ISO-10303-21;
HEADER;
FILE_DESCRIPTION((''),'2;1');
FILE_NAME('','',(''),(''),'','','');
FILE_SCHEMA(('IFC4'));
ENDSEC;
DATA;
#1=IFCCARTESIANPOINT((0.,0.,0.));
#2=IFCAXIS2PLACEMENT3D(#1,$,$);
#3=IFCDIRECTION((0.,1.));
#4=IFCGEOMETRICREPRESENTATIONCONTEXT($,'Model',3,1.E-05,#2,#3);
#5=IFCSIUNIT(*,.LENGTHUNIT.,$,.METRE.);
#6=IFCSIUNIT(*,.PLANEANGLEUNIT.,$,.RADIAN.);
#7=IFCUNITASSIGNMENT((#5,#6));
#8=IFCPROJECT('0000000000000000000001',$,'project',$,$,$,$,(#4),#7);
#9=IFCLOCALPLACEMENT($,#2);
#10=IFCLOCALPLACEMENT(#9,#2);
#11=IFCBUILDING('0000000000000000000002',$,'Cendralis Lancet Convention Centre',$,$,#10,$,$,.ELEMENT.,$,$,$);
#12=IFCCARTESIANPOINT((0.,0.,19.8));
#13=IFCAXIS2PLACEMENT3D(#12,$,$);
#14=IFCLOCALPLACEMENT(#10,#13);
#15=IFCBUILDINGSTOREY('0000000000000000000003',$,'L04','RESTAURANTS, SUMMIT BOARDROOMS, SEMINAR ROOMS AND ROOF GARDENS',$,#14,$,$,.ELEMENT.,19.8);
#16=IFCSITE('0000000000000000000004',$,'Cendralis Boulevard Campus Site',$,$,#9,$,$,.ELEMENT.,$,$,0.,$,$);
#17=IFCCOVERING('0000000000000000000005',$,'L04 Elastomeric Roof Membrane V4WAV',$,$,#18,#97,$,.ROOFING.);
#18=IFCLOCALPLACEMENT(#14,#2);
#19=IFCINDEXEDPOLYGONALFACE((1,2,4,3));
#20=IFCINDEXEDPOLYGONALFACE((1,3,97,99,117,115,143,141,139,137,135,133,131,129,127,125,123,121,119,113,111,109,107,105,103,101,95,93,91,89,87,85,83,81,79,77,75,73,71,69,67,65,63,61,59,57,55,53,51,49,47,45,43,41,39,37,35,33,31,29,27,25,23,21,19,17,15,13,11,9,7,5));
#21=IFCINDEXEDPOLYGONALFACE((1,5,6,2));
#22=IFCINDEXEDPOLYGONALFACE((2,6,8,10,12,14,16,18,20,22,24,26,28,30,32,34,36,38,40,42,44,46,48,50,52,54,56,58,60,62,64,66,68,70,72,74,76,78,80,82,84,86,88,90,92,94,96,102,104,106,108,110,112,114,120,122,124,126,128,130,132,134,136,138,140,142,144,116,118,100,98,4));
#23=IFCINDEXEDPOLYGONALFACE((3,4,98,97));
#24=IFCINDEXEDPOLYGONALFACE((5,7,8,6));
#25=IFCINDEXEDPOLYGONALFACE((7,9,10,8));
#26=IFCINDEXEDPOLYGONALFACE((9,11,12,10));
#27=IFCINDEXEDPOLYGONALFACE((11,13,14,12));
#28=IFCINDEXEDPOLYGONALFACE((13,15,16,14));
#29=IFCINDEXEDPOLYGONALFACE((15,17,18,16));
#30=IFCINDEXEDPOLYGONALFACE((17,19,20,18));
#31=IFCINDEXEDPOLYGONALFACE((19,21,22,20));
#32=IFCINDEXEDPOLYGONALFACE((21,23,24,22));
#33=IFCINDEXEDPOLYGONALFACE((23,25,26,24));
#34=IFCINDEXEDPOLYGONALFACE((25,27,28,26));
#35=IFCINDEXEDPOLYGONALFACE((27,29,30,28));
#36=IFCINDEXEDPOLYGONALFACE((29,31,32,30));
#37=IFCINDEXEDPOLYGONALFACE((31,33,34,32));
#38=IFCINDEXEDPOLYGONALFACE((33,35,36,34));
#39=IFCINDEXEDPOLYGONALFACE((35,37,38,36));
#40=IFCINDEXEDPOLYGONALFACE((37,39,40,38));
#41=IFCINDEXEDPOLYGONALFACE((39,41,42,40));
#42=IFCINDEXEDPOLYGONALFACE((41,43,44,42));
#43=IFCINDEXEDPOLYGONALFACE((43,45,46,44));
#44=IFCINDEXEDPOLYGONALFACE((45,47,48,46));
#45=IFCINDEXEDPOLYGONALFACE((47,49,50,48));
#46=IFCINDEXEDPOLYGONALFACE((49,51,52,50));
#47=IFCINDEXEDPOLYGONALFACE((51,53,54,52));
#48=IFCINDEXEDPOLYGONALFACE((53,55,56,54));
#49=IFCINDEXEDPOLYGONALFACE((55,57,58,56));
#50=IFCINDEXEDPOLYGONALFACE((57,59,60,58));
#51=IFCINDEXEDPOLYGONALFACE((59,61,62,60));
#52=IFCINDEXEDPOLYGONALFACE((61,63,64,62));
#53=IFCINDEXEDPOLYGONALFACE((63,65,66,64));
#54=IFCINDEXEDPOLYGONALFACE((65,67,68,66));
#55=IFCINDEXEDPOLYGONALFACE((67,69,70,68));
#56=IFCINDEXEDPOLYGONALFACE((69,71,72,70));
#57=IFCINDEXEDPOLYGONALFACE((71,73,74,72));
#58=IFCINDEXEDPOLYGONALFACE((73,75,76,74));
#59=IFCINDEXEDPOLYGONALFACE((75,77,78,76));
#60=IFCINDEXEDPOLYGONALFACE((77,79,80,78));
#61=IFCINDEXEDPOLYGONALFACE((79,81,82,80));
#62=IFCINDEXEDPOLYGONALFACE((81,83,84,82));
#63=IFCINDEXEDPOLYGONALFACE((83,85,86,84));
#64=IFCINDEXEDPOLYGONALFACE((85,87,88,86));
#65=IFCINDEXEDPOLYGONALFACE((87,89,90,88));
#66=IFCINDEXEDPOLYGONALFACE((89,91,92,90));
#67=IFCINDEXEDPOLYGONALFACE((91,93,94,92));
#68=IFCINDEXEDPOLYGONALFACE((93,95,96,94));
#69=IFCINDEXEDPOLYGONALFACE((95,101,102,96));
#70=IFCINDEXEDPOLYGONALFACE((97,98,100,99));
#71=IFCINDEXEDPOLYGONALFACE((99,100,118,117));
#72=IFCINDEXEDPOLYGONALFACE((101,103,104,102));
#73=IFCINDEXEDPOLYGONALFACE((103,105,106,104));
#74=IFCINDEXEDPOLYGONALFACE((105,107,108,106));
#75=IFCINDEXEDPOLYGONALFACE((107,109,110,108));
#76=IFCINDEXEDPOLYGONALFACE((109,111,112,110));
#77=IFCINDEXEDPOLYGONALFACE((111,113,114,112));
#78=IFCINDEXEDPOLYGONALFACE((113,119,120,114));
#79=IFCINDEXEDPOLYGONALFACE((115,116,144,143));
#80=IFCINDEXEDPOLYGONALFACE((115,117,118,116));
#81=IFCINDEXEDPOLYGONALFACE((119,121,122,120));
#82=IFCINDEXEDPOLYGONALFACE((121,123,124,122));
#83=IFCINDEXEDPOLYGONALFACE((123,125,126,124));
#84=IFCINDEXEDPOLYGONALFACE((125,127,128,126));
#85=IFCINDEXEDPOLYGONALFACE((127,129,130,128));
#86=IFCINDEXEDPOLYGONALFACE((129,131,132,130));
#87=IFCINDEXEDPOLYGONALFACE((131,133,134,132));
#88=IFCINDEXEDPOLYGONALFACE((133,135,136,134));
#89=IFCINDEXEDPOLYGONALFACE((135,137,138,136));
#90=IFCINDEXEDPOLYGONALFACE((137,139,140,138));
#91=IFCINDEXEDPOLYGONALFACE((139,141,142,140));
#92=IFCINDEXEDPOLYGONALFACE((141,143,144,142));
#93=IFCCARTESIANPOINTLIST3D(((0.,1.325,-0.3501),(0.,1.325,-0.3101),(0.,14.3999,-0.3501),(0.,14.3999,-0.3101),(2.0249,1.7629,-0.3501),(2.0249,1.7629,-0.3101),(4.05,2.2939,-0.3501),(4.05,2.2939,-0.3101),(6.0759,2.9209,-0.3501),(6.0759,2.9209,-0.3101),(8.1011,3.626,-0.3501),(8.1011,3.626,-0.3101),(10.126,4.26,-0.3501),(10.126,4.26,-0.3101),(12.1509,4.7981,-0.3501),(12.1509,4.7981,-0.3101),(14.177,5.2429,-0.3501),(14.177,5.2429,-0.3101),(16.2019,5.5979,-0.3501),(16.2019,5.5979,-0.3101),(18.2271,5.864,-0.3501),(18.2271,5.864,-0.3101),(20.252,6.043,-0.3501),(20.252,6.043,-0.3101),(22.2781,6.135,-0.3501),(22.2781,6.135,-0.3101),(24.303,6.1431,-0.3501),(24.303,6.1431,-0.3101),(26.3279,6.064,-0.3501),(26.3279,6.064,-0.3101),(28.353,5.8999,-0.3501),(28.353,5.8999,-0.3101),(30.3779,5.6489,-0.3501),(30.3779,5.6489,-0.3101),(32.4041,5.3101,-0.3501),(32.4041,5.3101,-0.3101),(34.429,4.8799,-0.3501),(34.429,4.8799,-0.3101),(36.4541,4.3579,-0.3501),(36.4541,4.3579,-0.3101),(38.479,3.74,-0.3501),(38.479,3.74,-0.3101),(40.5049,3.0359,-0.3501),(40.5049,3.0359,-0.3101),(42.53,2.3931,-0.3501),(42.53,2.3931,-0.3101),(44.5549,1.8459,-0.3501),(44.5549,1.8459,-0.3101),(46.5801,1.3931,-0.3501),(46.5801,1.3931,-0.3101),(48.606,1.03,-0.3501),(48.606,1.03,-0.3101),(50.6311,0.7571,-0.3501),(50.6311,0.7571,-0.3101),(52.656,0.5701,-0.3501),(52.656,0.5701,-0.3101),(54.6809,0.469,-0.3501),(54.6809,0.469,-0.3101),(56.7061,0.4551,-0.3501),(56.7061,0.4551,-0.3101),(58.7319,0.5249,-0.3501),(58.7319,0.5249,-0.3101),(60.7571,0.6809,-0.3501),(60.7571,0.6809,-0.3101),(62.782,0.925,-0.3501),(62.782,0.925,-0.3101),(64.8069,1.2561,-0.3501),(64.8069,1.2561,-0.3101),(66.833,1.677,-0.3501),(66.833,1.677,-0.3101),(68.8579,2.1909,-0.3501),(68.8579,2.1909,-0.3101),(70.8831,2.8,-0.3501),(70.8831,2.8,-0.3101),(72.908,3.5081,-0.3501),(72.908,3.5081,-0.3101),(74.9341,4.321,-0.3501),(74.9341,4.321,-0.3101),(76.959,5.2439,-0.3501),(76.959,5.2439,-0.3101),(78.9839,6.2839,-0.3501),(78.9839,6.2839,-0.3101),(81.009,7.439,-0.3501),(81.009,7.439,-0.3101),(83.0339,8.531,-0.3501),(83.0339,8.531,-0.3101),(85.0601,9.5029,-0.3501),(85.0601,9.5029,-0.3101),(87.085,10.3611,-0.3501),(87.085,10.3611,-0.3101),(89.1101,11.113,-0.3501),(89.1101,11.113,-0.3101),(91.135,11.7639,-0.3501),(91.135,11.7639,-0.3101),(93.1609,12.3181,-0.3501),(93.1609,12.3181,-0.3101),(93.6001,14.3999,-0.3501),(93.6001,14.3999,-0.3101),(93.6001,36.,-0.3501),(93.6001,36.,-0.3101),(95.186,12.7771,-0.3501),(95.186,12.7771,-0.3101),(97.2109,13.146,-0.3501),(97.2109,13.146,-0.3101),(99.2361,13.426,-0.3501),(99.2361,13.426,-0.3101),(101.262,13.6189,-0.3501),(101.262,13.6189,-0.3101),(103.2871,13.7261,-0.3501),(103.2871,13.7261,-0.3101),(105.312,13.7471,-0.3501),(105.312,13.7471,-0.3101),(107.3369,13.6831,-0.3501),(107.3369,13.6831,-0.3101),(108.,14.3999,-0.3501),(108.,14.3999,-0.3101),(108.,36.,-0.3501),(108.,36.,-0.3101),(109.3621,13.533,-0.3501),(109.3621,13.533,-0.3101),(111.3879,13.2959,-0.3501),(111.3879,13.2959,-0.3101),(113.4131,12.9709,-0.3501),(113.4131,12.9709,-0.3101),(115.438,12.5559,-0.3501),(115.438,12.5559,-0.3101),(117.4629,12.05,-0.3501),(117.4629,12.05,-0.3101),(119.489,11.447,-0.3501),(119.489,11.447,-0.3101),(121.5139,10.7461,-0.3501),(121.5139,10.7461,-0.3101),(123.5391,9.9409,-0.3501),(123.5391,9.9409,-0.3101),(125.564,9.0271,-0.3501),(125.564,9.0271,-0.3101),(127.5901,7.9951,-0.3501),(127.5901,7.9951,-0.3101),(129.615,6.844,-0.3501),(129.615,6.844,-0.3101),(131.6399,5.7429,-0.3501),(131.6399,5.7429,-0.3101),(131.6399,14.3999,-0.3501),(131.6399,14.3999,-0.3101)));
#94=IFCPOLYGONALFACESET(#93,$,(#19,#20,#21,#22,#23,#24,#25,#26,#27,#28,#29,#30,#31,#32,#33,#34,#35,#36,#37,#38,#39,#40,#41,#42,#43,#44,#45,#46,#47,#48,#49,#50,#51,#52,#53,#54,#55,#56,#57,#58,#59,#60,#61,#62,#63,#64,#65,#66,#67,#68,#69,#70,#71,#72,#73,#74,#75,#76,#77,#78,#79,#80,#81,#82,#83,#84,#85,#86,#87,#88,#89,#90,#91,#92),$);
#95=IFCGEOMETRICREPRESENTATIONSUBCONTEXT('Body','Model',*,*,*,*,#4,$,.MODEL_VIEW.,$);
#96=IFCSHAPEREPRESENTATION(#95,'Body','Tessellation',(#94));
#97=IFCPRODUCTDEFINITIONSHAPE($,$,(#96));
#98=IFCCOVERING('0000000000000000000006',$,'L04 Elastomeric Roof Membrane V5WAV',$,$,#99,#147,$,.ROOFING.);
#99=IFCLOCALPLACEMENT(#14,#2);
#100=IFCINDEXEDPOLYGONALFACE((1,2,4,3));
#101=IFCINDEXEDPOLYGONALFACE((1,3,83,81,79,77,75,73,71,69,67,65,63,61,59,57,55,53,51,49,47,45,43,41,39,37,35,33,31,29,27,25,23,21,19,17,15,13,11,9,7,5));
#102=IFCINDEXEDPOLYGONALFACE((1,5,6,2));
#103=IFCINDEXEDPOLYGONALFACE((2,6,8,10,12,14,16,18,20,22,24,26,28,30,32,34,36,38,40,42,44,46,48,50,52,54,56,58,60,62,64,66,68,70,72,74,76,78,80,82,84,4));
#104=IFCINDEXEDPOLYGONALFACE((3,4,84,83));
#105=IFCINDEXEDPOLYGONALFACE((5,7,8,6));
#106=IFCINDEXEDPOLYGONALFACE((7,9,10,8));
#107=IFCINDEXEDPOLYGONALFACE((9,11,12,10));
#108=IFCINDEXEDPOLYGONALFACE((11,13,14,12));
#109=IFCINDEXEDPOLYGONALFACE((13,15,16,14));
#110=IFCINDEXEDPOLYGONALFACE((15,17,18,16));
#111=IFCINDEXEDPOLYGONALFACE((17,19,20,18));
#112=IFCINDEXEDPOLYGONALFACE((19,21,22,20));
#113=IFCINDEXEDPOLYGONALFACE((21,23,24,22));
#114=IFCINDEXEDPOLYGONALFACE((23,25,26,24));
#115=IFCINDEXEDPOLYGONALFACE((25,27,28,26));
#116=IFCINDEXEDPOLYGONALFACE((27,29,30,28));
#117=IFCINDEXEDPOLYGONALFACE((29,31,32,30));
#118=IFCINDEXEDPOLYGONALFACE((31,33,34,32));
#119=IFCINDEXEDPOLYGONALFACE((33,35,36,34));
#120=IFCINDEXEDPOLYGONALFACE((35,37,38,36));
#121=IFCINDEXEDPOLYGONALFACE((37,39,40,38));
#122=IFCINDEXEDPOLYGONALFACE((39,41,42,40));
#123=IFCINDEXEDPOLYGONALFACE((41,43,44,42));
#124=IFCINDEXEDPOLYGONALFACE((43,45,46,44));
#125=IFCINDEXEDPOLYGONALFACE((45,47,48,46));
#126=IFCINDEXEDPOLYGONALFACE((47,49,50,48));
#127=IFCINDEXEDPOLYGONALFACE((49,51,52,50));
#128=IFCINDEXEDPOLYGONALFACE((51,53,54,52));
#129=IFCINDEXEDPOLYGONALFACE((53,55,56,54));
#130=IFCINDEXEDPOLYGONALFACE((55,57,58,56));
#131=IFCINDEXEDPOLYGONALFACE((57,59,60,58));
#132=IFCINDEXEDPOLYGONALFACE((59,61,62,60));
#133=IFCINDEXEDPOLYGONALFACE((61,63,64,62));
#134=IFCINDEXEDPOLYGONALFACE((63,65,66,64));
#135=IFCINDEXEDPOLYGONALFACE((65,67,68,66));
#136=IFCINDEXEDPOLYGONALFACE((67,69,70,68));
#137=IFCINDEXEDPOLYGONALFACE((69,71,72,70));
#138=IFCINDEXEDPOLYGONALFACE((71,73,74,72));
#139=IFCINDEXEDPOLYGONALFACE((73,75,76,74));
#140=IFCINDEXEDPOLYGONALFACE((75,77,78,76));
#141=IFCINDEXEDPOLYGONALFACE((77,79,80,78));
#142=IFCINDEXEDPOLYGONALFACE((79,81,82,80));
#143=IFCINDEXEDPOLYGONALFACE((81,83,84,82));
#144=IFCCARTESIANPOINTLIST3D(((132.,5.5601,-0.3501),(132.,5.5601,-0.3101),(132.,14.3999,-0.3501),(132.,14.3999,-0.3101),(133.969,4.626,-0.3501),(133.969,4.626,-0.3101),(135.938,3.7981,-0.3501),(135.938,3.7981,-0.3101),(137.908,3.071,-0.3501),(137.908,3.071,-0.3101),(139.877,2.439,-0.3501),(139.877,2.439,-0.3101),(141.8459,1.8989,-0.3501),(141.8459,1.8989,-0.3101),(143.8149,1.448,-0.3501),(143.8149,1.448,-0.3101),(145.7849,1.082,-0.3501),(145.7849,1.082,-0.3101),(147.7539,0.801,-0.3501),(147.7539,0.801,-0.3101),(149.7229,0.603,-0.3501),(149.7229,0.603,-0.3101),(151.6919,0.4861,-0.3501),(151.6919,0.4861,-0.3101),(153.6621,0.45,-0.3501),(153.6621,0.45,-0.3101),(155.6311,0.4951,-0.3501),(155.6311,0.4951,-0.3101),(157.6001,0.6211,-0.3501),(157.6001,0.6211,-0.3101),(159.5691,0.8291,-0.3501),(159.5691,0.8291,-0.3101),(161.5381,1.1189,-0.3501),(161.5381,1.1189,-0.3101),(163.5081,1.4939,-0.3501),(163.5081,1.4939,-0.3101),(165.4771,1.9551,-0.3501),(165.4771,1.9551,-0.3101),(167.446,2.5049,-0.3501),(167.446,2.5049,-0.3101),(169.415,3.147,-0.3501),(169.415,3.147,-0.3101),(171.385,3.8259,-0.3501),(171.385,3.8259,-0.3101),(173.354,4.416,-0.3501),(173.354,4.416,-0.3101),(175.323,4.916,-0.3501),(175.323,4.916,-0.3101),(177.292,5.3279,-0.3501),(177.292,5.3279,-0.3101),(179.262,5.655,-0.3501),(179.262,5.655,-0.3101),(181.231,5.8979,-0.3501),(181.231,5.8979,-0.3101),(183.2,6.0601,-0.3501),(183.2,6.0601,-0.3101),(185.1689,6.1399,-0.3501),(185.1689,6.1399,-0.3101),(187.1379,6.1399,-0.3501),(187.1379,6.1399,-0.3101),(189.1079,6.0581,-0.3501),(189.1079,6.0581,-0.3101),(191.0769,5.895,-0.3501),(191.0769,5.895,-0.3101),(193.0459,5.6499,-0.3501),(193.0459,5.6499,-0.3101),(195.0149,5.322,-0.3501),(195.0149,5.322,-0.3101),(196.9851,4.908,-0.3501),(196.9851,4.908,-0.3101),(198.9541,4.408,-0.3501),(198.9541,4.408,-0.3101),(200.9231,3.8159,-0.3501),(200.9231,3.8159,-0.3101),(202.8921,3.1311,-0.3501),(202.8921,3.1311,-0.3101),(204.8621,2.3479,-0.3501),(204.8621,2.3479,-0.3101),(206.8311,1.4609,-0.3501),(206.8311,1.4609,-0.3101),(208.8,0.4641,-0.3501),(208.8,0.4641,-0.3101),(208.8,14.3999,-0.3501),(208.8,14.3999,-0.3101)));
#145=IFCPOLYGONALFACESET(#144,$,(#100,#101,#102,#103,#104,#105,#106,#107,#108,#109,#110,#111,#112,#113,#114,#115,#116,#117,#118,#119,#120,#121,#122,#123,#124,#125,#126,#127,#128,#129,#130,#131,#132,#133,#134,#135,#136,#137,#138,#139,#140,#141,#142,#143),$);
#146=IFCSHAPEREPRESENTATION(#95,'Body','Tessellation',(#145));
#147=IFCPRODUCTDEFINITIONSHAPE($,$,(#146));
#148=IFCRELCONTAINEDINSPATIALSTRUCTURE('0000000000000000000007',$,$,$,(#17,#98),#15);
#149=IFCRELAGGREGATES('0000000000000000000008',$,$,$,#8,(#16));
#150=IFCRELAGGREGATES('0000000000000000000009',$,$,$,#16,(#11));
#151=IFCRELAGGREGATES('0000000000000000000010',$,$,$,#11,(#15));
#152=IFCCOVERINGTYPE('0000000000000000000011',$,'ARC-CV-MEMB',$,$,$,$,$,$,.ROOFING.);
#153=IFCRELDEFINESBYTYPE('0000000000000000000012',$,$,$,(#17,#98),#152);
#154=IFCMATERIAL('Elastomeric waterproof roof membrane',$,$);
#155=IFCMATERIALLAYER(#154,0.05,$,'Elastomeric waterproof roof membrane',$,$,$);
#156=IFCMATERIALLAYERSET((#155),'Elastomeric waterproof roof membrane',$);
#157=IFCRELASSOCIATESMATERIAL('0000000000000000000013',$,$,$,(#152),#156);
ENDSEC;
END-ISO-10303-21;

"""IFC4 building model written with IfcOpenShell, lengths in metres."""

from ifc_helpers import new_model, si_unit, direction, frame, origin, place, context, subcontext, project, spatial, polyline, outline, extrude, material, layer, layer_set, type_object, element, save


model = new_model("IFC4")

# Units and contexts
model_context = context("Model", 3, precision=1e-05, world=origin(), true_north=direction((0.0, 1.0)))
body_context = subcontext(model_context, "Body", "Model", "MODEL_VIEW")
ifc_project = project(units=[si_unit("LENGTHUNIT", "METRE"), si_unit("PLANEANGLEUNIT", "RADIAN")], contexts=[model_context])

# Site, building, storey
site_placement = place(None, origin())
site = spatial("IfcSite", under=ifc_project, at=site_placement, Name="Cendralis Boulevard Campus Site", CompositionType="ELEMENT", RefElevation=0.0)
building_placement = place(site_placement, origin())
building = spatial("IfcBuilding", under=site, at=building_placement, Name="Cendralis Lancet Convention Centre", CompositionType="ELEMENT")
storey_placement = place(building_placement, frame((0.0, 0.0, 19.8)))
storey = spatial("IfcBuildingStorey", under=building, at=storey_placement, Name="L04", Description="RESTAURANTS, SUMMIT BOARDROOMS, SEMINAR ROOMS AND ROOF GARDENS", CompositionType="ELEMENT", Elevation=19.8)

# Coverings
ifc_material_1 = material(Name="Elastomeric waterproof roof membrane")
ifc_layer_1 = layer(ifc_material_1, 0.05, Name="Elastomeric waterproof roof membrane")
ifc_layer_set_1 = layer_set([ifc_layer_1], Name="Elastomeric waterproof roof membrane")
covering_type_1 = type_object("IfcCoveringType", Name="ARC-CV-MEMB", PredefinedType="ROOFING", material=ifc_layer_set_1)
covering_1_placement = place(storey_placement, frame((0.0, 0.0, -0.3501)))
element("IfcCovering", 1, at=covering_1_placement, inside=storey, type_object=covering_type_1, Name="L04 Elastomeric Roof Membrane V4WAV", PredefinedType="ROOFING", context=body_context, shape_type="SweptSolid", body=[
    extrude(outline(polyline([(0.0, 1.325), (2.0249, 1.7629), (4.05, 2.2939), (6.0759, 2.9209), (8.1011, 3.626), (10.126, 4.26), (12.1509, 4.7981), (14.177, 5.2429), (16.2019, 5.5979), (18.2271, 5.864), (20.252, 6.043), (22.2781, 6.135), (24.303, 6.1431), (26.3279, 6.064), (28.353, 5.8999), (30.3779, 5.6489), (32.4041, 5.3101), (34.429, 4.8799), (36.4541, 4.3579), (38.479, 3.74), (40.5049, 3.0359), (42.53, 2.3931), (44.5549, 1.8459), (46.5801, 1.3931), (48.606, 1.03), (50.6311, 0.7571), (52.656, 0.5701), (54.6809, 0.469), (56.7061, 0.4551), (58.7319, 0.5249), (60.7571, 0.6809), (62.782, 0.925), (64.8069, 1.2561), (66.833, 1.677), (68.8579, 2.1909), (70.8831, 2.8), (72.908, 3.5081), (74.9341, 4.321), (76.959, 5.2439), (78.9839, 6.2839), (81.009, 7.439), (83.0339, 8.531), (85.0601, 9.5029), (87.085, 10.3611), (89.1101, 11.113), (91.135, 11.7639), (93.1609, 12.3181), (95.186, 12.7771), (97.2109, 13.146), (99.2361, 13.426), (101.262, 13.6189), (103.2871, 13.7261), (105.312, 13.7471), (107.3369, 13.6831), (109.3621, 13.533), (111.3879, 13.2959), (113.4131, 12.9709), (115.438, 12.5559), (117.4629, 12.05), (119.489, 11.447), (121.5139, 10.7461), (123.5391, 9.9409), (125.564, 9.0271), (127.5901, 7.9951), (129.615, 6.844), (131.6399, 5.7429), (131.6399, 14.3999), (108.0, 14.3999), (108.0, 36.0), (93.6001, 36.0), (93.6001, 14.3999), (0.0, 14.3999), (0.0, 1.325)])), origin(), (0.0, 0.0, 1.0), 0.04),
])
covering_2_placement = place(storey_placement, frame((0.0, 0.0, -0.3501)))
element("IfcCovering", 2, at=covering_2_placement, inside=storey, type_object=covering_type_1, Name="L04 Elastomeric Roof Membrane V5WAV", PredefinedType="ROOFING", context=body_context, shape_type="SweptSolid", body=[
    extrude(outline(polyline([(132.0, 5.5601), (133.969, 4.626), (135.938, 3.7981), (137.908, 3.071), (139.877, 2.439), (141.8459, 1.8989), (143.8149, 1.448), (145.7849, 1.082), (147.7539, 0.801), (149.7229, 0.603), (151.6919, 0.4861), (153.6621, 0.45), (155.6311, 0.4951), (157.6001, 0.6211), (159.5691, 0.8291), (161.5381, 1.1189), (163.5081, 1.4939), (165.4771, 1.9551), (167.446, 2.5049), (169.415, 3.147), (171.385, 3.8259), (173.354, 4.416), (175.323, 4.916), (177.292, 5.3279), (179.262, 5.655), (181.231, 5.8979), (183.2, 6.0601), (185.1689, 6.1399), (187.1379, 6.1399), (189.1079, 6.0581), (191.0769, 5.895), (193.0459, 5.6499), (195.0149, 5.322), (196.9851, 4.908), (198.9541, 4.408), (200.9231, 3.8159), (202.8921, 3.1311), (204.8621, 2.3479), (206.8311, 1.4609), (208.8, 0.4641), (208.8, 14.3999), (132.0, 14.3999), (132.0, 5.5601)])), origin(), (0.0, 0.0, 1.0), 0.04),
])

save(model, "model.ifc")
